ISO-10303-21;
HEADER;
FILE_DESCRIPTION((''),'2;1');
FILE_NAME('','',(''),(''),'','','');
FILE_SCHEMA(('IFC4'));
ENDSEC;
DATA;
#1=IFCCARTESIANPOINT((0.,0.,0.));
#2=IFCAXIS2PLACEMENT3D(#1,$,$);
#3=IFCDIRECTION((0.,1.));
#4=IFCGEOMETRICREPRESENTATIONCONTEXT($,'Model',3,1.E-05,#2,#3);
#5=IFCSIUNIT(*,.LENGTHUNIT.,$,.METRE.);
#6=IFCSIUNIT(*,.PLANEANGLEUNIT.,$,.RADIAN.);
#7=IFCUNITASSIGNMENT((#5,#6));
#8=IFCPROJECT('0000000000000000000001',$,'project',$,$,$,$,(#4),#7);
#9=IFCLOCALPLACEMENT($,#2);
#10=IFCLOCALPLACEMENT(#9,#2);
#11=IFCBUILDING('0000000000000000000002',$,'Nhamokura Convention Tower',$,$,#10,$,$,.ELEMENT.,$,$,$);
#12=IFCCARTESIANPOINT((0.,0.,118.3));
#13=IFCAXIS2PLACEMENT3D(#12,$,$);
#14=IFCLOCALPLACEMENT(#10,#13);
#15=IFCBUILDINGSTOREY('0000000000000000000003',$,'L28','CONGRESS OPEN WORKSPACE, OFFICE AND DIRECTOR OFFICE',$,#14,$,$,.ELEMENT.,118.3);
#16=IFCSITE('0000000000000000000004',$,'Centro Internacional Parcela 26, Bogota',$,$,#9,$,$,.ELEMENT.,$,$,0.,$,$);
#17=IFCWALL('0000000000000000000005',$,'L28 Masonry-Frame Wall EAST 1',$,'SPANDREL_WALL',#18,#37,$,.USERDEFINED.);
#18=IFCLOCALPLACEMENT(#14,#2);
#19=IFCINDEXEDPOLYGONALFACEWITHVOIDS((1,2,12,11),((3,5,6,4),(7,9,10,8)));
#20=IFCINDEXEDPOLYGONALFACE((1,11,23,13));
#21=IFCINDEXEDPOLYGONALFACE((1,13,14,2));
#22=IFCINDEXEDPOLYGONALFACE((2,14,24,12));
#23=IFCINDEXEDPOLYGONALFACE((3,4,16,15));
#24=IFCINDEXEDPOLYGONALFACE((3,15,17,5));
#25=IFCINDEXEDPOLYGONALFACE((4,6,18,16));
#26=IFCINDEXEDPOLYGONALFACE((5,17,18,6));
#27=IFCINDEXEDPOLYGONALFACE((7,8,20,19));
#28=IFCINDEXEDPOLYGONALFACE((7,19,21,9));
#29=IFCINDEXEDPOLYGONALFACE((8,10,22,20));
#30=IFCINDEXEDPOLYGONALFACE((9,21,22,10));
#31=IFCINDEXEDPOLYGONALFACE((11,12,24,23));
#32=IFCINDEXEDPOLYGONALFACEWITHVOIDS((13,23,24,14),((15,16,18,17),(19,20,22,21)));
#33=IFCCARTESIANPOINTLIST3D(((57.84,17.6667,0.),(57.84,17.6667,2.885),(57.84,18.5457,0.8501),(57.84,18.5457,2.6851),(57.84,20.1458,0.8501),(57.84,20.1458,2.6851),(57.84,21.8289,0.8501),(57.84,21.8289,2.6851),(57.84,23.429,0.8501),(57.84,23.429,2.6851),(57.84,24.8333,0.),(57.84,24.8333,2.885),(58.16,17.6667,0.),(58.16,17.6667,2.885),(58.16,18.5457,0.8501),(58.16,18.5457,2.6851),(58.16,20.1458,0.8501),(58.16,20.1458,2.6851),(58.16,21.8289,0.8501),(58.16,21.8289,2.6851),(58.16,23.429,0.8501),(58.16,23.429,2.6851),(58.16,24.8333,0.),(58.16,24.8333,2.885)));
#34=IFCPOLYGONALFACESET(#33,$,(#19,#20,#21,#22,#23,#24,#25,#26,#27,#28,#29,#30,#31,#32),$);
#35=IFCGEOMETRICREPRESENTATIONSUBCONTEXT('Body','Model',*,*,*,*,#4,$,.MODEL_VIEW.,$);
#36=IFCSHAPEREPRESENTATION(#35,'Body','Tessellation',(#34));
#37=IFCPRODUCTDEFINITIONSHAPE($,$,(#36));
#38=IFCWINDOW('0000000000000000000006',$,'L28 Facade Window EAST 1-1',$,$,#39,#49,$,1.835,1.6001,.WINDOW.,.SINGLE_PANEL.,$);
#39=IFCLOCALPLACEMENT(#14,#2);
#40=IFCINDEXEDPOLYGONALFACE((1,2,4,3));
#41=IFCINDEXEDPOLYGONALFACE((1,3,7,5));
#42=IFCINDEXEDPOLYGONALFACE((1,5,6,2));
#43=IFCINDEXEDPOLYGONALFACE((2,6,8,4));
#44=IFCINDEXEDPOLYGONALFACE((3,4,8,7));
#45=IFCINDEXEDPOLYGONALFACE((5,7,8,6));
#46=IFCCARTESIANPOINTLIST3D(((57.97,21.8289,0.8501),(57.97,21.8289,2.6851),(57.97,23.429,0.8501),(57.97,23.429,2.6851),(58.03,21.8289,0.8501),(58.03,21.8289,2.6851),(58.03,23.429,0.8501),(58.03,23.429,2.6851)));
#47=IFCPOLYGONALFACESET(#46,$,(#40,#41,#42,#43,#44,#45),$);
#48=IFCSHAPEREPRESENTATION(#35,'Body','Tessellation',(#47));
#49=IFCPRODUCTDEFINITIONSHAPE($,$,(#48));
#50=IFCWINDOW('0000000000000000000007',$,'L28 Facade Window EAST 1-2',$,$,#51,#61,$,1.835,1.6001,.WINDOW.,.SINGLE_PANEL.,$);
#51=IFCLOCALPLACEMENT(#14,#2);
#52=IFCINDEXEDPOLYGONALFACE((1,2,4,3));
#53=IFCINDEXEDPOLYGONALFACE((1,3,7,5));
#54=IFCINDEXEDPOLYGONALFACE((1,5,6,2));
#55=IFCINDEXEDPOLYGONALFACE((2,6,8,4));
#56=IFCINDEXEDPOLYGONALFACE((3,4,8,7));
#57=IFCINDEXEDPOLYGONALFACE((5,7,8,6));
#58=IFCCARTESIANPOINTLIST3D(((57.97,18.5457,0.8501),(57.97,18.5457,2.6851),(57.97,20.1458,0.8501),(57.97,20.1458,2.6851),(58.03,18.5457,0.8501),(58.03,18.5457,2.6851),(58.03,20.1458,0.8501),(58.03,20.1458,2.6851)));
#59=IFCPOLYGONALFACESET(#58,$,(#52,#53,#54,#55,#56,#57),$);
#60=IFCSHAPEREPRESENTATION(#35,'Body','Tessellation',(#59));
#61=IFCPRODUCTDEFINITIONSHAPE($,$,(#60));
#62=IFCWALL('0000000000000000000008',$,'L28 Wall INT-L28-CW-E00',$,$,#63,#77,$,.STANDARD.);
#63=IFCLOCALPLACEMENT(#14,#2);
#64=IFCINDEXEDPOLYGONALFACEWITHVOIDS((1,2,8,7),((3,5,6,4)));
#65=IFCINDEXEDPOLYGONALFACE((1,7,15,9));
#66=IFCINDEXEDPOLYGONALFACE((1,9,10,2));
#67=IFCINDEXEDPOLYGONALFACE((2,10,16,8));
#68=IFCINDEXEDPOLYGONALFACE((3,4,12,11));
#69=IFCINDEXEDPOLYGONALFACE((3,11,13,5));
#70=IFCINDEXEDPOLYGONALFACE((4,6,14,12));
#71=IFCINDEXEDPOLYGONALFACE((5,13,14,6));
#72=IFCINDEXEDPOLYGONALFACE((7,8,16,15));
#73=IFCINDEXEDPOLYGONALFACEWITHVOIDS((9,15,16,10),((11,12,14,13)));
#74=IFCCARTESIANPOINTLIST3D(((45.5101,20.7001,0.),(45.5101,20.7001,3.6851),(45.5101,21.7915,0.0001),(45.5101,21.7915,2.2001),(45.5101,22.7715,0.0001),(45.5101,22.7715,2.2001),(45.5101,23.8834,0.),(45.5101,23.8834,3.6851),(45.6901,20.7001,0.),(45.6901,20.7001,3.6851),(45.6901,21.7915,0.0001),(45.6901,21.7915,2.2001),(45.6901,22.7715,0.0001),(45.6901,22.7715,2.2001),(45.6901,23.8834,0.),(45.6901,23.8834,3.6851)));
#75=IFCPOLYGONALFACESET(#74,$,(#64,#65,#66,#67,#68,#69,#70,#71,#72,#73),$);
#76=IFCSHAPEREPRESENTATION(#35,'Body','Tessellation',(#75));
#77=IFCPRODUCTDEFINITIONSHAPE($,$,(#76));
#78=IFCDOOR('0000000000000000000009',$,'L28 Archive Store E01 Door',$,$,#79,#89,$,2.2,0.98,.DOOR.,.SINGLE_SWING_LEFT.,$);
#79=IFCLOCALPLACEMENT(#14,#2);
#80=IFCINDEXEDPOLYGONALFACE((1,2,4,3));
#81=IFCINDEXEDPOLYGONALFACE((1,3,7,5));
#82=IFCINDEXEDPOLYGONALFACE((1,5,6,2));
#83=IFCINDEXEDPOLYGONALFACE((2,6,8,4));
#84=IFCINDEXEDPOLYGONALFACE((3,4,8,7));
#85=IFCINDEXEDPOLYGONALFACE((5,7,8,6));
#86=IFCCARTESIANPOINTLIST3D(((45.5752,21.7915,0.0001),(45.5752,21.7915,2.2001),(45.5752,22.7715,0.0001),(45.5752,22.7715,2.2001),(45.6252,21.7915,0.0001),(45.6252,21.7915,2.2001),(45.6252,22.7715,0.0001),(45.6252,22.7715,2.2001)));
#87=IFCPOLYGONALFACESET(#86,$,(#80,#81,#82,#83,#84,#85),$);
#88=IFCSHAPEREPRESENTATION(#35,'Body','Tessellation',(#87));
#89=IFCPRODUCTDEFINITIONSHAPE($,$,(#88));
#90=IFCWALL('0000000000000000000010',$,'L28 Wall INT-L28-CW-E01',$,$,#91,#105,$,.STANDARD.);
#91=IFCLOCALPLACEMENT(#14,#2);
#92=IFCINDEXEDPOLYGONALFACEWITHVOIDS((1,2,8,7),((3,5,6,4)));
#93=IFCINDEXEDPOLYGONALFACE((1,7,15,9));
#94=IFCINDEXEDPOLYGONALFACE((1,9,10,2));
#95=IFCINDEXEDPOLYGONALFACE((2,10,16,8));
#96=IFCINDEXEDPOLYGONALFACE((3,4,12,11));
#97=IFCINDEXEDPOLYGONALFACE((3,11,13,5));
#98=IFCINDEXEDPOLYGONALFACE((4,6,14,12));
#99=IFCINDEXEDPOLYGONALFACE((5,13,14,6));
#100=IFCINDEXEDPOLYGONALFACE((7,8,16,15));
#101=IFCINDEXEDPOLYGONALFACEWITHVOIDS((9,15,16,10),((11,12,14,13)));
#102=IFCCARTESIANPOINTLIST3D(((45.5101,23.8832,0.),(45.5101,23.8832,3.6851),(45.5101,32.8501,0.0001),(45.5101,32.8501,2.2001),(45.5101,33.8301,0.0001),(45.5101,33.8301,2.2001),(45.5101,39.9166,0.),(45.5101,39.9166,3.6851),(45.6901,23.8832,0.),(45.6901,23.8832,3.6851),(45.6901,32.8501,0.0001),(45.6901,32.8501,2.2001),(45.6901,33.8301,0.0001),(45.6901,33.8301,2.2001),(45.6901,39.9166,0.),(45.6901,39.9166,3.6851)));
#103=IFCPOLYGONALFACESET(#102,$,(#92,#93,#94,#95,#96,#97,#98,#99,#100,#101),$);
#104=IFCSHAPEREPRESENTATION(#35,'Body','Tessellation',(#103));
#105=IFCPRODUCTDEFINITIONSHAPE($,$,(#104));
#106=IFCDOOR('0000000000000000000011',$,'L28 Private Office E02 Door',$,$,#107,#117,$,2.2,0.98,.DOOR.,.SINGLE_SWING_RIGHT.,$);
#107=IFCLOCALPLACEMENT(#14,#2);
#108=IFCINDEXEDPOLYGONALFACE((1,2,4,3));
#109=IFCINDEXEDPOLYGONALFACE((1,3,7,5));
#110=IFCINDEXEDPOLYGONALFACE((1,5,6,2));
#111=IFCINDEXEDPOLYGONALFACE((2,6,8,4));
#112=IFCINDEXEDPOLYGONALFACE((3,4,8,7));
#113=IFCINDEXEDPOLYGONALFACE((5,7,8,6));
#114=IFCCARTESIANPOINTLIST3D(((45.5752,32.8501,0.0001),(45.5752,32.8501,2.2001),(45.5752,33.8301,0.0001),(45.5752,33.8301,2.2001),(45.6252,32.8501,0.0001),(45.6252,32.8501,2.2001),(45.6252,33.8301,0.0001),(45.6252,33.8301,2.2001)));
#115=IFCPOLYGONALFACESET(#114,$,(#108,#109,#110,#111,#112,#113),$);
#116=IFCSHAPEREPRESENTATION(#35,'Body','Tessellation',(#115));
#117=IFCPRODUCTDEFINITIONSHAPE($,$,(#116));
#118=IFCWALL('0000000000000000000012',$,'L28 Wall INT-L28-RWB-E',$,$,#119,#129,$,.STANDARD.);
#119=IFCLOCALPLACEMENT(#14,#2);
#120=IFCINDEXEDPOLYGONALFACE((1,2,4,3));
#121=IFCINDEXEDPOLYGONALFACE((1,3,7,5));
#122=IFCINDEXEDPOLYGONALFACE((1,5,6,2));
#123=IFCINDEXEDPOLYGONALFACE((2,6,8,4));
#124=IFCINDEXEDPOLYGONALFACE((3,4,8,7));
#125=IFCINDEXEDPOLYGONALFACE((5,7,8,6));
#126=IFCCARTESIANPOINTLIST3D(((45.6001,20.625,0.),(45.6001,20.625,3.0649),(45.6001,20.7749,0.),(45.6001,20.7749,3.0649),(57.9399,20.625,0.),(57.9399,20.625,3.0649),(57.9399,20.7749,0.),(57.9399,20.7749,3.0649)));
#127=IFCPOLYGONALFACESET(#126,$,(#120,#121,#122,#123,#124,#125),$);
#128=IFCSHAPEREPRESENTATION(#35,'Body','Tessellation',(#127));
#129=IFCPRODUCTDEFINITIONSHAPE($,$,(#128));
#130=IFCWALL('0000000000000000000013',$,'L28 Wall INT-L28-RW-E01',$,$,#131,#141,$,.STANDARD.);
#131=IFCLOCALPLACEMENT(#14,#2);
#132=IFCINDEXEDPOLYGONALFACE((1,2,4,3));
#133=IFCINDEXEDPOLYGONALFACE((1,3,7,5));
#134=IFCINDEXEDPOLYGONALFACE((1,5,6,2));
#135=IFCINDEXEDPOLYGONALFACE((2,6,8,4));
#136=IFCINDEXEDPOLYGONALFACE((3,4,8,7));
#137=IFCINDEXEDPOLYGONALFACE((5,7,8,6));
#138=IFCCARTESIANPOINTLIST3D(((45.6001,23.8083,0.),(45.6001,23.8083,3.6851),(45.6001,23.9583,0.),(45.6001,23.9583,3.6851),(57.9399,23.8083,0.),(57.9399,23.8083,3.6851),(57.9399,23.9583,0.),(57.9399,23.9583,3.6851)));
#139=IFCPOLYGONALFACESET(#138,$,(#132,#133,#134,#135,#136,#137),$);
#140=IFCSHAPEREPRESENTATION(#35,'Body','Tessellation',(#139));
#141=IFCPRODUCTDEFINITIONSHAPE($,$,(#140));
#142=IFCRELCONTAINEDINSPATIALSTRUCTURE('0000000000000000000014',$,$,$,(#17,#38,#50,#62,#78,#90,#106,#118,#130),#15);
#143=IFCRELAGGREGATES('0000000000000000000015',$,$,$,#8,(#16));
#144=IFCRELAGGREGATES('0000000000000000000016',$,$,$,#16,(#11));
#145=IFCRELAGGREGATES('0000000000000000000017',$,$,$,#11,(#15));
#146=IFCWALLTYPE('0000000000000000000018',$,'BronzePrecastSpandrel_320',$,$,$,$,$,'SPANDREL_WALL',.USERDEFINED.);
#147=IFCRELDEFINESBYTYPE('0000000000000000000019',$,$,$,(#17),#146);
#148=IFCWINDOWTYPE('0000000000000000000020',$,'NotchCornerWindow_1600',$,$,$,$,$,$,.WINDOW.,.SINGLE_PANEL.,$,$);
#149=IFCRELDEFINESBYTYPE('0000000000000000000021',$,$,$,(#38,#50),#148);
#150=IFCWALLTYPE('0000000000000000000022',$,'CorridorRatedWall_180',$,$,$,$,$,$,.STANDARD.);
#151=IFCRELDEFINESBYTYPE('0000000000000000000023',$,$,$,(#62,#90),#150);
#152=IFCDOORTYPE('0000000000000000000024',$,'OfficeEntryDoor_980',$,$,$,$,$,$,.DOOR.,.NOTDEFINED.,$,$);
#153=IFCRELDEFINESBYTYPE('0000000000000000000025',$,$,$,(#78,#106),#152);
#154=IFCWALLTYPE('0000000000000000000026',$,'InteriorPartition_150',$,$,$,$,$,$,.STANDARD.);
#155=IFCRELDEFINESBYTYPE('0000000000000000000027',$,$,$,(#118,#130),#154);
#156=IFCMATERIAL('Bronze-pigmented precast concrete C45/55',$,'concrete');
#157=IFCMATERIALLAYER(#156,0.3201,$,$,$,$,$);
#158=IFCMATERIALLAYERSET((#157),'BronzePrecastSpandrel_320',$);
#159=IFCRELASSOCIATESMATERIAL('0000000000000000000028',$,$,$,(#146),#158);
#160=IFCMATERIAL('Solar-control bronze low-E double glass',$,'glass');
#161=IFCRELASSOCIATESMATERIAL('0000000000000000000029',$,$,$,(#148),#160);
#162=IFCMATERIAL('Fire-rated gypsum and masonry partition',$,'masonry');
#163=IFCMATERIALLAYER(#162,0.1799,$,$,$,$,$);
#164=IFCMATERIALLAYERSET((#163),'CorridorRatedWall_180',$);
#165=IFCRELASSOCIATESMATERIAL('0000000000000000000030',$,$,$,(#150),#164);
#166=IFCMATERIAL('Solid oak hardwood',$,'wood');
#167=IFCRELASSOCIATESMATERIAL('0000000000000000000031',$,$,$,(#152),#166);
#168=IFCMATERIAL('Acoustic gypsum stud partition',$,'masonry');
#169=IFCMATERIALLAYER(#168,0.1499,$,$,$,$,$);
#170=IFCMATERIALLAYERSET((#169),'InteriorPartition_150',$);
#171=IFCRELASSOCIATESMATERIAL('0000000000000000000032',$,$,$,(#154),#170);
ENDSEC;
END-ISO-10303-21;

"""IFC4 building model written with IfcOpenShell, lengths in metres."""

from ifc_helpers import new_model, si_unit, direction, frame, frame_2d, origin, place, context, subcontext, project, spatial, rectangle, extrude, material, layer, layer_set, type_object, element, fill, save


model = new_model("IFC4")

# Units and contexts
model_context = context("Model", 3, precision=1e-05, world=origin(), true_north=direction((0.0, 1.0)))
body_context = subcontext(model_context, "Body", "Model", "MODEL_VIEW")
ifc_project = project(units=[si_unit("LENGTHUNIT", "METRE"), si_unit("PLANEANGLEUNIT", "RADIAN")], contexts=[model_context])

# Site, building, storey
site_placement = place(None, origin())
site = spatial("IfcSite", under=ifc_project, at=site_placement, Name="Centro Internacional Parcela 26, Bogota", CompositionType="ELEMENT", RefElevation=0.0)
building_placement = place(site_placement, origin())
building = spatial("IfcBuilding", under=site, at=building_placement, Name="Nhamokura Convention Tower", CompositionType="ELEMENT")
storey_placement = place(building_placement, frame((0.0, 0.0, 118.3)))
storey = spatial("IfcBuildingStorey", under=building, at=storey_placement, Name="L28", Description="CONGRESS OPEN WORKSPACE, OFFICE AND DIRECTOR OFFICE", CompositionType="ELEMENT", Elevation=118.3)

# Shared definitions
ifc_material_1 = material(Name="Bronze-pigmented precast concrete C45/55", Category="concrete")
ifc_layer_1 = layer(ifc_material_1, 0.3201)
ifc_layer_set_1 = layer_set([ifc_layer_1], Name="BronzePrecastSpandrel_320")
wall_type_1 = type_object("IfcWallType", Name="BronzePrecastSpandrel_320", ElementType="SPANDREL_WALL", PredefinedType="USERDEFINED", material=ifc_layer_set_1)

# Wall, openings, windows
wall_1_placement = place(storey_placement, frame((58.0, 24.8333, 0.0), z_axis=(0.0, 0.0, 1.0), x_axis=(0.0, -1.0, 0.0)))
wall_1 = element("IfcWall", 1, at=wall_1_placement, inside=storey, type_object=wall_type_1, Name="L28 Masonry-Frame Wall EAST 1", ObjectType="SPANDREL_WALL", PredefinedType="USERDEFINED", context=body_context, shape_type="SweptSolid", body=[
    extrude(rectangle(XDim=7.1665, YDim=0.3201, at=frame_2d((3.5833, 0.0))), origin(), (0.0, 0.0, 1.0), 2.885),
])
opening_1_placement = place(wall_1_placement, frame((1.4043, 0.0, 0.8501)))
opening_1 = element("IfcOpeningElement", 2, at=opening_1_placement, cuts=wall_1, PredefinedType="OPENING", context=body_context, shape_type="SweptSolid", body=[
    extrude(rectangle(XDim=1.6001, YDim=1.835, at=frame_2d((0.8, 0.9175))), frame((0.0, 0.1699, 0.0), z_axis=(0.0, -1.0, 0.0), x_axis=(1.0, 0.0, 0.0)), (0.0, 0.0, 1.0), 0.3401),
])
opening_2_placement = place(wall_1_placement, frame((4.6875, 0.0, 0.8501)))
opening_2 = element("IfcOpeningElement", 3, at=opening_2_placement, cuts=wall_1, PredefinedType="OPENING", context=body_context, shape_type="SweptSolid", body=[
    extrude(rectangle(XDim=1.6001, YDim=1.835, at=frame_2d((0.8, 0.9175))), frame((0.0, 0.1699, 0.0), z_axis=(0.0, -1.0, 0.0), x_axis=(1.0, 0.0, 0.0)), (0.0, 0.0, 1.0), 0.3401),
])
ifc_material_2 = material(Name="Solar-control bronze low-E double glass", Category="glass")
window_type = type_object("IfcWindowType", Name="NotchCornerWindow_1600", PartitioningType="SINGLE_PANEL", PredefinedType="WINDOW", material=ifc_material_2)
window_1_placement = place(opening_1_placement, origin())
window_1 = element("IfcWindow", 4, at=window_1_placement, inside=storey, type_object=window_type, Name="L28 Facade Window EAST 1-1", OverallHeight=1.835, OverallWidth=1.6001, PartitioningType="SINGLE_PANEL", PredefinedType="WINDOW", context=body_context, shape_type="SweptSolid", body=[
    extrude(rectangle(XDim=1.6001, YDim=1.835, at=frame_2d((0.8, 0.9175))), frame((0.0, 0.03, 0.0), z_axis=(0.0, -1.0, 0.0), x_axis=(1.0, 0.0, 0.0)), (0.0, 0.0, 1.0), 0.0601),
])
fill(opening_1, window_1)
window_2_placement = place(opening_2_placement, origin())
window_2 = element("IfcWindow", 5, at=window_2_placement, inside=storey, type_object=window_type, Name="L28 Facade Window EAST 1-2", OverallHeight=1.835, OverallWidth=1.6001, PartitioningType="SINGLE_PANEL", PredefinedType="WINDOW", context=body_context, shape_type="SweptSolid", body=[
    extrude(rectangle(XDim=1.6001, YDim=1.835, at=frame_2d((0.8, 0.9175))), frame((0.0, 0.03, 0.0), z_axis=(0.0, -1.0, 0.0), x_axis=(1.0, 0.0, 0.0)), (0.0, 0.0, 1.0), 0.0601),
])
fill(opening_2, window_2)

# Walls, openings, doors
ifc_material_3 = material(Name="Fire-rated gypsum and masonry partition", Category="masonry")
ifc_layer_2 = layer(ifc_material_3, 0.1799)
ifc_layer_set_2 = layer_set([ifc_layer_2], Name="CorridorRatedWall_180")
wall_type_2 = type_object("IfcWallType", Name="CorridorRatedWall_180", PredefinedType="STANDARD", material=ifc_layer_set_2)
wall_2_placement = place(storey_placement, frame((45.6001, 20.7, 0.0), z_axis=(0.0, 0.0, 1.0), x_axis=(0.0, 1.0, 0.0)))
wall_2 = element("IfcWall", 6, at=wall_2_placement, inside=storey, type_object=wall_type_2, Name="L28 Wall INT-L28-CW-E00", PredefinedType="STANDARD", context=body_context, shape_type="SweptSolid", body=[
    extrude(rectangle(XDim=3.1833, YDim=0.1799, at=frame_2d((1.5918, 0.0))), origin(), (0.0, 0.0, 1.0), 3.6851),
])
opening_3_placement = place(wall_2_placement, frame((1.0916, 0.0, 0.0)))
opening_3 = element("IfcOpeningElement", 7, at=opening_3_placement, cuts=wall_2, PredefinedType="OPENING", context=body_context, shape_type="SweptSolid", body=[
    extrude(rectangle(XDim=0.98, YDim=2.2, at=frame_2d((0.49, 1.1001))), frame((0.0, 0.0999, 0.0), z_axis=(0.0, -1.0, 0.0), x_axis=(1.0, 0.0, 0.0)), (0.0, 0.0, 1.0), 0.2),
])
ifc_material_4 = material(Name="Solid oak hardwood", Category="wood")
door_type = type_object("IfcDoorType", Name="OfficeEntryDoor_980", OperationType="NOTDEFINED", PredefinedType="DOOR", material=ifc_material_4)
door_1_placement = place(opening_3_placement, origin())
door_1 = element("IfcDoor", 8, at=door_1_placement, inside=storey, type_object=door_type, Name="L28 Archive Store E01 Door", OperationType="SINGLE_SWING_LEFT", OverallHeight=2.2, OverallWidth=0.98, PredefinedType="DOOR", context=body_context, shape_type="SweptSolid", body=[
    extrude(rectangle(XDim=0.98, YDim=2.2, at=frame_2d((0.49, 1.1001))), frame((0.0, 0.0249, 0.0), z_axis=(0.0, -1.0, 0.0), x_axis=(1.0, 0.0, 0.0)), (0.0, 0.0, 1.0), 0.05),
])
fill(opening_3, door_1)
wall_3_placement = place(storey_placement, frame((45.6001, 23.8833, 0.0), z_axis=(0.0, 0.0, 1.0), x_axis=(0.0, 1.0, 0.0)))
wall_3 = element("IfcWall", 9, at=wall_3_placement, inside=storey, type_object=wall_type_2, Name="L28 Wall INT-L28-CW-E01", PredefinedType="STANDARD", context=body_context, shape_type="SweptSolid", body=[
    extrude(rectangle(XDim=16.0334, YDim=0.1799, at=frame_2d((8.0166, 0.0))), origin(), (0.0, 0.0, 1.0), 3.6851),
])
opening_4_placement = place(wall_3_placement, frame((8.9668, 0.0, 0.0)))
opening_4 = element("IfcOpeningElement", 10, at=opening_4_placement, cuts=wall_3, PredefinedType="OPENING", context=body_context, shape_type="SweptSolid", body=[
    extrude(rectangle(XDim=0.98, YDim=2.2, at=frame_2d((0.49, 1.1001))), frame((0.0, 0.0999, 0.0), z_axis=(0.0, -1.0, 0.0), x_axis=(1.0, 0.0, 0.0)), (0.0, 0.0, 1.0), 0.2),
])
door_2_placement = place(opening_4_placement, origin())
door_2 = element("IfcDoor", 11, at=door_2_placement, inside=storey, type_object=door_type, Name="L28 Private Office E02 Door", OperationType="SINGLE_SWING_RIGHT", OverallHeight=2.2, OverallWidth=0.98, PredefinedType="DOOR", context=body_context, shape_type="SweptSolid", body=[
    extrude(rectangle(XDim=0.98, YDim=2.2, at=frame_2d((0.49, 1.1001))), frame((0.0, 0.0249, 0.0), z_axis=(0.0, -1.0, 0.0), x_axis=(1.0, 0.0, 0.0)), (0.0, 0.0, 1.0), 0.05),
])
fill(opening_4, door_2)

# Walls
ifc_material_5 = material(Name="Acoustic gypsum stud partition", Category="masonry")
ifc_layer_3 = layer(ifc_material_5, 0.1499)
ifc_layer_set_3 = layer_set([ifc_layer_3], Name="InteriorPartition_150")
wall_type_3 = type_object("IfcWallType", Name="InteriorPartition_150", PredefinedType="STANDARD", material=ifc_layer_set_3)
wall_4_placement = place(storey_placement, frame((45.6001, 20.7, 0.0), z_axis=(0.0, 0.0, 1.0), x_axis=(1.0, 0.0, 0.0)))
element("IfcWall", 12, at=wall_4_placement, inside=storey, type_object=wall_type_3, Name="L28 Wall INT-L28-RWB-E", PredefinedType="STANDARD", context=body_context, shape_type="SweptSolid", body=[
    extrude(rectangle(XDim=12.3398, YDim=0.1499, at=frame_2d((6.1699, 0.0))), origin(), (0.0, 0.0, 1.0), 3.0649),
])
wall_5_placement = place(storey_placement, frame((45.6001, 23.8833, 0.0), z_axis=(0.0, 0.0, 1.0), x_axis=(1.0, 0.0, 0.0)))
element("IfcWall", 13, at=wall_5_placement, inside=storey, type_object=wall_type_3, Name="L28 Wall INT-L28-RW-E01", PredefinedType="STANDARD", context=body_context, shape_type="SweptSolid", body=[
    extrude(rectangle(XDim=12.3398, YDim=0.1499, at=frame_2d((6.1699, 0.0))), origin(), (0.0, 0.0, 1.0), 3.6851),
])

save(model, "model.ifc")
